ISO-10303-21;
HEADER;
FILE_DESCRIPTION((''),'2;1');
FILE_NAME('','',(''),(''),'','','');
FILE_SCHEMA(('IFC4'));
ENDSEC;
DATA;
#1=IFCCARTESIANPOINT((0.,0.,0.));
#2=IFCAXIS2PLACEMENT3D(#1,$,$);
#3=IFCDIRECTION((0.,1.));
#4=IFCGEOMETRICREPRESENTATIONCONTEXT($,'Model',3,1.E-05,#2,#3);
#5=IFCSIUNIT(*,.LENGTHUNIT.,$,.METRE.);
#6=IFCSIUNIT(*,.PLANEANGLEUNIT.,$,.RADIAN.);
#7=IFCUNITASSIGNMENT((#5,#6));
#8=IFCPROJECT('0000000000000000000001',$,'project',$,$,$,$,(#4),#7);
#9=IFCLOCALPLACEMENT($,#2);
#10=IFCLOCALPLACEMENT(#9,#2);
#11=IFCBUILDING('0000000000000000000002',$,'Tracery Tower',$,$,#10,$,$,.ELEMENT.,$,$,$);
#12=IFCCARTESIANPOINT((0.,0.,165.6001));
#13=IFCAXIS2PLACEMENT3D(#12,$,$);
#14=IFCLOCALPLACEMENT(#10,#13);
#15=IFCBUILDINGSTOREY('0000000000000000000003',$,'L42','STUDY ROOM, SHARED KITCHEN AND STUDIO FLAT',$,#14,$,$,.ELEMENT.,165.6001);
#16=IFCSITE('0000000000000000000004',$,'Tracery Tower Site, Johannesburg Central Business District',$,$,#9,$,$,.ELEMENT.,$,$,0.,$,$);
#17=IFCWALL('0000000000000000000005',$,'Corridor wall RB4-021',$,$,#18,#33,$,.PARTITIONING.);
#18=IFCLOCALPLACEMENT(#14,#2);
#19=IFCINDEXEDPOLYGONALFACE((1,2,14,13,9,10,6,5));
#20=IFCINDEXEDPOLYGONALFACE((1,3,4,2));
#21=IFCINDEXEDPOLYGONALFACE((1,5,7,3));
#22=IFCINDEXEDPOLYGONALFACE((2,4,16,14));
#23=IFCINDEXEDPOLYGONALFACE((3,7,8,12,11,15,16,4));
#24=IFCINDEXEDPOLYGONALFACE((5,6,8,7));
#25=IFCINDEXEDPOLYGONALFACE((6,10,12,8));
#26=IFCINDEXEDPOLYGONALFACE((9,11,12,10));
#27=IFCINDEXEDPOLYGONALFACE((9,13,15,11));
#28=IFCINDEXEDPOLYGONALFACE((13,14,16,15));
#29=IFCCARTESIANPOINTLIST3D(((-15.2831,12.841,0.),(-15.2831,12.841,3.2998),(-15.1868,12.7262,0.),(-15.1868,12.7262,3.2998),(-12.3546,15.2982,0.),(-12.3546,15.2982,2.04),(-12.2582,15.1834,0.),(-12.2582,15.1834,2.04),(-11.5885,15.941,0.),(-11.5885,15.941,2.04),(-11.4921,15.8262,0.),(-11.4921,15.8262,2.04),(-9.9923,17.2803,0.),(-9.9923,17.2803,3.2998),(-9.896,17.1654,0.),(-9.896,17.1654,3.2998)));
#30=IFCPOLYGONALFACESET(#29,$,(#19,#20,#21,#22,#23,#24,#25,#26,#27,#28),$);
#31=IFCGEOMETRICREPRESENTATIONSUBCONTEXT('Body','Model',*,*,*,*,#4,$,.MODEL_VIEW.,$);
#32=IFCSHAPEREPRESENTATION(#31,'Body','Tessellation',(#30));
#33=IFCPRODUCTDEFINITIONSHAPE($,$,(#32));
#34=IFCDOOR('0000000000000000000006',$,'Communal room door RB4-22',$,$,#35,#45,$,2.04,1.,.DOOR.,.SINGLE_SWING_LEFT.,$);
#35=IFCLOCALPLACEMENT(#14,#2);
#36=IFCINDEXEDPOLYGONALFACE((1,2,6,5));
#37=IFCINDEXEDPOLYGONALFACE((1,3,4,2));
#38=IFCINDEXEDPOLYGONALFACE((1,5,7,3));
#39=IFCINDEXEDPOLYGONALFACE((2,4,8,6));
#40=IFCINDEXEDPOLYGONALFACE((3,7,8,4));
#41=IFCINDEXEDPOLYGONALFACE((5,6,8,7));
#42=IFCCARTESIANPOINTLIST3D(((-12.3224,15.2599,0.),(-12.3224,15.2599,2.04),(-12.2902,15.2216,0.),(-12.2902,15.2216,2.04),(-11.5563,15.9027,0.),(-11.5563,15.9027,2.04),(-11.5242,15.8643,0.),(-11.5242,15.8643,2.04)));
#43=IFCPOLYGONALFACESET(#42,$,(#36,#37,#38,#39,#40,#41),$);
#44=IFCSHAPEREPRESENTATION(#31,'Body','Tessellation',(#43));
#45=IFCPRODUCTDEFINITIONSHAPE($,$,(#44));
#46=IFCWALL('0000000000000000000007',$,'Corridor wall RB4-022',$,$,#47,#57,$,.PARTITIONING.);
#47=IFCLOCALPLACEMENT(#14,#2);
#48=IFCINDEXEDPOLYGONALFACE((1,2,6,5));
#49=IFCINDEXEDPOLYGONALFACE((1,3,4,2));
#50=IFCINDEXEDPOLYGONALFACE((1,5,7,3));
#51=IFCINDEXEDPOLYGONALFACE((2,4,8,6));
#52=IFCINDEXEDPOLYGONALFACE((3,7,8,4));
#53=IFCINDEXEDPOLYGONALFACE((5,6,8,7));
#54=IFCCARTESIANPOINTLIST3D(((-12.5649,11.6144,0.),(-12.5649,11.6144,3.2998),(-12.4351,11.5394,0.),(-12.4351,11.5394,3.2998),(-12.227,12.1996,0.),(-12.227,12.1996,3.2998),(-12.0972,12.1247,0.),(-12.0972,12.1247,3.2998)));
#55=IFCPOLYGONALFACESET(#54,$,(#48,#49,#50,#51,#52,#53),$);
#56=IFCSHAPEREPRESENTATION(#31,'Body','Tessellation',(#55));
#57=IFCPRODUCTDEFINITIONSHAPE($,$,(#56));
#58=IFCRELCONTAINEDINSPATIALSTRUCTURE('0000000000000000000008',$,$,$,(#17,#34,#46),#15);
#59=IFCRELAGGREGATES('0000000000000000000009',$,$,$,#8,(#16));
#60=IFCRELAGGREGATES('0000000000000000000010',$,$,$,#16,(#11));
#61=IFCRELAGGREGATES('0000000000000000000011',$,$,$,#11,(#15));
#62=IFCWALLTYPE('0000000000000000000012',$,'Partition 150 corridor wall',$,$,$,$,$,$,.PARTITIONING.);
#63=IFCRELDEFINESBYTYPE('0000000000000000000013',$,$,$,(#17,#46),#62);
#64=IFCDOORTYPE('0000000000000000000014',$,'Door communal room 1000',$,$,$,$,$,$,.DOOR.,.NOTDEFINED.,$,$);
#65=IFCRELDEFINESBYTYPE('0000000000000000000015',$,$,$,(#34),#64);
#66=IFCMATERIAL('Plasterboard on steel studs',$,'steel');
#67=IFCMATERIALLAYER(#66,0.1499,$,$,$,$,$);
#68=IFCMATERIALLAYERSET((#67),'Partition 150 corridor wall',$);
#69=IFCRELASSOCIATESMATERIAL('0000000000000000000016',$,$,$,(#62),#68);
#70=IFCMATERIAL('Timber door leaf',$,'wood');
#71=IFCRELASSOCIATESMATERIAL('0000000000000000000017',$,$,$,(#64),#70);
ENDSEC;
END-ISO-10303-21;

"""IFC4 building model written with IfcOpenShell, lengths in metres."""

from ifc_helpers import new_model, si_unit, direction, frame, frame_2d, origin, place, context, subcontext, project, spatial, rectangle, extrude, material, layer, layer_set, type_object, element, fill, save


model = new_model("IFC4")

# Units and contexts
model_context = context("Model", 3, precision=1e-05, world=origin(), true_north=direction((0.0, 1.0)))
body_context = subcontext(model_context, "Body", "Model", "MODEL_VIEW")
ifc_project = project(units=[si_unit("LENGTHUNIT", "METRE"), si_unit("PLANEANGLEUNIT", "RADIAN")], contexts=[model_context])

# Site, building, storey
site_placement = place(None, origin())
site = spatial("IfcSite", under=ifc_project, at=site_placement, Name="Tracery Tower Site, Johannesburg Central Business District", CompositionType="ELEMENT", RefElevation=0.0)
building_placement = place(site_placement, origin())
building = spatial("IfcBuilding", under=site, at=building_placement, Name="Tracery Tower", CompositionType="ELEMENT")
storey_placement = place(building_placement, frame((0.0, 0.0, 165.6001)))
storey = spatial("IfcBuildingStorey", under=building, at=storey_placement, Name="L42", Description="STUDY ROOM, SHARED KITCHEN AND STUDIO FLAT", CompositionType="ELEMENT", Elevation=165.6001)

# Wall, opening, door
ifc_material_1 = material(Name="Plasterboard on steel studs", Category="steel")
ifc_layer_1 = layer(ifc_material_1, 0.1499)
ifc_layer_set_1 = layer_set([ifc_layer_1], Name="Partition 150 corridor wall")
wall_type_1 = type_object("IfcWallType", Name="Partition 150 corridor wall", PredefinedType="PARTITIONING", material=ifc_layer_set_1)
ifc_material_2 = material(Name="Timber door leaf", Category="wood")
door_type = type_object("IfcDoorType", Name="Door communal room 1000", OperationType="NOTDEFINED", PredefinedType="DOOR", material=ifc_material_2)
wall_1_placement = place(storey_placement, frame((-15.2349, 12.7837, 0.0), z_axis=(0.0, 0.0, 1.0), x_axis=(0.766064, 0.642764, 0.0)))
wall_1 = element("IfcWall", 1, at=wall_1_placement, inside=storey, type_object=wall_type_1, Name="Corridor wall RB4-021", PredefinedType="PARTITIONING", context=body_context, shape_type="SweptSolid", body=[
    extrude(rectangle(XDim=6.9065, YDim=0.1499, at=frame_2d((3.4531, 0.0))), origin(), (0.0, 0.0, 1.0), 3.2998),
])
opening_1_placement = place(wall_1_placement, frame((3.8228, 0.0, 0.0)))
opening_1 = element("IfcOpeningElement", 2, at=opening_1_placement, cuts=wall_1, PredefinedType="OPENING", context=body_context, shape_type="SweptSolid", body=[
    extrude(rectangle(XDim=1.0, YDim=2.04, at=frame_2d((0.5, 1.02))), frame((0.0, 0.075, 0.0), z_axis=(0.0, -1.0, 0.0), x_axis=(1.0, 0.0, 0.0)), (0.0, 0.0, 1.0), 0.1499),
])
door_1_placement = place(opening_1_placement, origin())
door_1 = element("IfcDoor", 3, at=door_1_placement, inside=storey, type_object=door_type, Name="Communal room door RB4-22", OperationType="SINGLE_SWING_LEFT", OverallHeight=2.04, OverallWidth=1.0, PredefinedType="DOOR", context=body_context, shape_type="SweptSolid", body=[
    extrude(rectangle(XDim=1.0, YDim=2.04, at=frame_2d((0.5, 1.02))), frame((0.0, 0.0249, 0.0), z_axis=(0.0, -1.0, 0.0), x_axis=(1.0, 0.0, 0.0)), (0.0, 0.0, 1.0), 0.05),
])
fill(opening_1, door_1)

# Wall
wall_2_placement = place(storey_placement, frame((-12.5, 11.5769, 0.0), z_axis=(0.0, 0.0, 1.0), x_axis=(0.500025, 0.866011, 0.0)))
element("IfcWall", 4, at=wall_2_placement, inside=storey, type_object=wall_type_1, Name="Corridor wall RB4-022", PredefinedType="PARTITIONING", context=body_context, shape_type="SweptSolid", body=[
    extrude(rectangle(XDim=0.6758, YDim=0.1499, at=frame_2d((0.3379, 0.0))), origin(), (0.0, 0.0, 1.0), 3.2998),
])

save(model, "model.ifc")
